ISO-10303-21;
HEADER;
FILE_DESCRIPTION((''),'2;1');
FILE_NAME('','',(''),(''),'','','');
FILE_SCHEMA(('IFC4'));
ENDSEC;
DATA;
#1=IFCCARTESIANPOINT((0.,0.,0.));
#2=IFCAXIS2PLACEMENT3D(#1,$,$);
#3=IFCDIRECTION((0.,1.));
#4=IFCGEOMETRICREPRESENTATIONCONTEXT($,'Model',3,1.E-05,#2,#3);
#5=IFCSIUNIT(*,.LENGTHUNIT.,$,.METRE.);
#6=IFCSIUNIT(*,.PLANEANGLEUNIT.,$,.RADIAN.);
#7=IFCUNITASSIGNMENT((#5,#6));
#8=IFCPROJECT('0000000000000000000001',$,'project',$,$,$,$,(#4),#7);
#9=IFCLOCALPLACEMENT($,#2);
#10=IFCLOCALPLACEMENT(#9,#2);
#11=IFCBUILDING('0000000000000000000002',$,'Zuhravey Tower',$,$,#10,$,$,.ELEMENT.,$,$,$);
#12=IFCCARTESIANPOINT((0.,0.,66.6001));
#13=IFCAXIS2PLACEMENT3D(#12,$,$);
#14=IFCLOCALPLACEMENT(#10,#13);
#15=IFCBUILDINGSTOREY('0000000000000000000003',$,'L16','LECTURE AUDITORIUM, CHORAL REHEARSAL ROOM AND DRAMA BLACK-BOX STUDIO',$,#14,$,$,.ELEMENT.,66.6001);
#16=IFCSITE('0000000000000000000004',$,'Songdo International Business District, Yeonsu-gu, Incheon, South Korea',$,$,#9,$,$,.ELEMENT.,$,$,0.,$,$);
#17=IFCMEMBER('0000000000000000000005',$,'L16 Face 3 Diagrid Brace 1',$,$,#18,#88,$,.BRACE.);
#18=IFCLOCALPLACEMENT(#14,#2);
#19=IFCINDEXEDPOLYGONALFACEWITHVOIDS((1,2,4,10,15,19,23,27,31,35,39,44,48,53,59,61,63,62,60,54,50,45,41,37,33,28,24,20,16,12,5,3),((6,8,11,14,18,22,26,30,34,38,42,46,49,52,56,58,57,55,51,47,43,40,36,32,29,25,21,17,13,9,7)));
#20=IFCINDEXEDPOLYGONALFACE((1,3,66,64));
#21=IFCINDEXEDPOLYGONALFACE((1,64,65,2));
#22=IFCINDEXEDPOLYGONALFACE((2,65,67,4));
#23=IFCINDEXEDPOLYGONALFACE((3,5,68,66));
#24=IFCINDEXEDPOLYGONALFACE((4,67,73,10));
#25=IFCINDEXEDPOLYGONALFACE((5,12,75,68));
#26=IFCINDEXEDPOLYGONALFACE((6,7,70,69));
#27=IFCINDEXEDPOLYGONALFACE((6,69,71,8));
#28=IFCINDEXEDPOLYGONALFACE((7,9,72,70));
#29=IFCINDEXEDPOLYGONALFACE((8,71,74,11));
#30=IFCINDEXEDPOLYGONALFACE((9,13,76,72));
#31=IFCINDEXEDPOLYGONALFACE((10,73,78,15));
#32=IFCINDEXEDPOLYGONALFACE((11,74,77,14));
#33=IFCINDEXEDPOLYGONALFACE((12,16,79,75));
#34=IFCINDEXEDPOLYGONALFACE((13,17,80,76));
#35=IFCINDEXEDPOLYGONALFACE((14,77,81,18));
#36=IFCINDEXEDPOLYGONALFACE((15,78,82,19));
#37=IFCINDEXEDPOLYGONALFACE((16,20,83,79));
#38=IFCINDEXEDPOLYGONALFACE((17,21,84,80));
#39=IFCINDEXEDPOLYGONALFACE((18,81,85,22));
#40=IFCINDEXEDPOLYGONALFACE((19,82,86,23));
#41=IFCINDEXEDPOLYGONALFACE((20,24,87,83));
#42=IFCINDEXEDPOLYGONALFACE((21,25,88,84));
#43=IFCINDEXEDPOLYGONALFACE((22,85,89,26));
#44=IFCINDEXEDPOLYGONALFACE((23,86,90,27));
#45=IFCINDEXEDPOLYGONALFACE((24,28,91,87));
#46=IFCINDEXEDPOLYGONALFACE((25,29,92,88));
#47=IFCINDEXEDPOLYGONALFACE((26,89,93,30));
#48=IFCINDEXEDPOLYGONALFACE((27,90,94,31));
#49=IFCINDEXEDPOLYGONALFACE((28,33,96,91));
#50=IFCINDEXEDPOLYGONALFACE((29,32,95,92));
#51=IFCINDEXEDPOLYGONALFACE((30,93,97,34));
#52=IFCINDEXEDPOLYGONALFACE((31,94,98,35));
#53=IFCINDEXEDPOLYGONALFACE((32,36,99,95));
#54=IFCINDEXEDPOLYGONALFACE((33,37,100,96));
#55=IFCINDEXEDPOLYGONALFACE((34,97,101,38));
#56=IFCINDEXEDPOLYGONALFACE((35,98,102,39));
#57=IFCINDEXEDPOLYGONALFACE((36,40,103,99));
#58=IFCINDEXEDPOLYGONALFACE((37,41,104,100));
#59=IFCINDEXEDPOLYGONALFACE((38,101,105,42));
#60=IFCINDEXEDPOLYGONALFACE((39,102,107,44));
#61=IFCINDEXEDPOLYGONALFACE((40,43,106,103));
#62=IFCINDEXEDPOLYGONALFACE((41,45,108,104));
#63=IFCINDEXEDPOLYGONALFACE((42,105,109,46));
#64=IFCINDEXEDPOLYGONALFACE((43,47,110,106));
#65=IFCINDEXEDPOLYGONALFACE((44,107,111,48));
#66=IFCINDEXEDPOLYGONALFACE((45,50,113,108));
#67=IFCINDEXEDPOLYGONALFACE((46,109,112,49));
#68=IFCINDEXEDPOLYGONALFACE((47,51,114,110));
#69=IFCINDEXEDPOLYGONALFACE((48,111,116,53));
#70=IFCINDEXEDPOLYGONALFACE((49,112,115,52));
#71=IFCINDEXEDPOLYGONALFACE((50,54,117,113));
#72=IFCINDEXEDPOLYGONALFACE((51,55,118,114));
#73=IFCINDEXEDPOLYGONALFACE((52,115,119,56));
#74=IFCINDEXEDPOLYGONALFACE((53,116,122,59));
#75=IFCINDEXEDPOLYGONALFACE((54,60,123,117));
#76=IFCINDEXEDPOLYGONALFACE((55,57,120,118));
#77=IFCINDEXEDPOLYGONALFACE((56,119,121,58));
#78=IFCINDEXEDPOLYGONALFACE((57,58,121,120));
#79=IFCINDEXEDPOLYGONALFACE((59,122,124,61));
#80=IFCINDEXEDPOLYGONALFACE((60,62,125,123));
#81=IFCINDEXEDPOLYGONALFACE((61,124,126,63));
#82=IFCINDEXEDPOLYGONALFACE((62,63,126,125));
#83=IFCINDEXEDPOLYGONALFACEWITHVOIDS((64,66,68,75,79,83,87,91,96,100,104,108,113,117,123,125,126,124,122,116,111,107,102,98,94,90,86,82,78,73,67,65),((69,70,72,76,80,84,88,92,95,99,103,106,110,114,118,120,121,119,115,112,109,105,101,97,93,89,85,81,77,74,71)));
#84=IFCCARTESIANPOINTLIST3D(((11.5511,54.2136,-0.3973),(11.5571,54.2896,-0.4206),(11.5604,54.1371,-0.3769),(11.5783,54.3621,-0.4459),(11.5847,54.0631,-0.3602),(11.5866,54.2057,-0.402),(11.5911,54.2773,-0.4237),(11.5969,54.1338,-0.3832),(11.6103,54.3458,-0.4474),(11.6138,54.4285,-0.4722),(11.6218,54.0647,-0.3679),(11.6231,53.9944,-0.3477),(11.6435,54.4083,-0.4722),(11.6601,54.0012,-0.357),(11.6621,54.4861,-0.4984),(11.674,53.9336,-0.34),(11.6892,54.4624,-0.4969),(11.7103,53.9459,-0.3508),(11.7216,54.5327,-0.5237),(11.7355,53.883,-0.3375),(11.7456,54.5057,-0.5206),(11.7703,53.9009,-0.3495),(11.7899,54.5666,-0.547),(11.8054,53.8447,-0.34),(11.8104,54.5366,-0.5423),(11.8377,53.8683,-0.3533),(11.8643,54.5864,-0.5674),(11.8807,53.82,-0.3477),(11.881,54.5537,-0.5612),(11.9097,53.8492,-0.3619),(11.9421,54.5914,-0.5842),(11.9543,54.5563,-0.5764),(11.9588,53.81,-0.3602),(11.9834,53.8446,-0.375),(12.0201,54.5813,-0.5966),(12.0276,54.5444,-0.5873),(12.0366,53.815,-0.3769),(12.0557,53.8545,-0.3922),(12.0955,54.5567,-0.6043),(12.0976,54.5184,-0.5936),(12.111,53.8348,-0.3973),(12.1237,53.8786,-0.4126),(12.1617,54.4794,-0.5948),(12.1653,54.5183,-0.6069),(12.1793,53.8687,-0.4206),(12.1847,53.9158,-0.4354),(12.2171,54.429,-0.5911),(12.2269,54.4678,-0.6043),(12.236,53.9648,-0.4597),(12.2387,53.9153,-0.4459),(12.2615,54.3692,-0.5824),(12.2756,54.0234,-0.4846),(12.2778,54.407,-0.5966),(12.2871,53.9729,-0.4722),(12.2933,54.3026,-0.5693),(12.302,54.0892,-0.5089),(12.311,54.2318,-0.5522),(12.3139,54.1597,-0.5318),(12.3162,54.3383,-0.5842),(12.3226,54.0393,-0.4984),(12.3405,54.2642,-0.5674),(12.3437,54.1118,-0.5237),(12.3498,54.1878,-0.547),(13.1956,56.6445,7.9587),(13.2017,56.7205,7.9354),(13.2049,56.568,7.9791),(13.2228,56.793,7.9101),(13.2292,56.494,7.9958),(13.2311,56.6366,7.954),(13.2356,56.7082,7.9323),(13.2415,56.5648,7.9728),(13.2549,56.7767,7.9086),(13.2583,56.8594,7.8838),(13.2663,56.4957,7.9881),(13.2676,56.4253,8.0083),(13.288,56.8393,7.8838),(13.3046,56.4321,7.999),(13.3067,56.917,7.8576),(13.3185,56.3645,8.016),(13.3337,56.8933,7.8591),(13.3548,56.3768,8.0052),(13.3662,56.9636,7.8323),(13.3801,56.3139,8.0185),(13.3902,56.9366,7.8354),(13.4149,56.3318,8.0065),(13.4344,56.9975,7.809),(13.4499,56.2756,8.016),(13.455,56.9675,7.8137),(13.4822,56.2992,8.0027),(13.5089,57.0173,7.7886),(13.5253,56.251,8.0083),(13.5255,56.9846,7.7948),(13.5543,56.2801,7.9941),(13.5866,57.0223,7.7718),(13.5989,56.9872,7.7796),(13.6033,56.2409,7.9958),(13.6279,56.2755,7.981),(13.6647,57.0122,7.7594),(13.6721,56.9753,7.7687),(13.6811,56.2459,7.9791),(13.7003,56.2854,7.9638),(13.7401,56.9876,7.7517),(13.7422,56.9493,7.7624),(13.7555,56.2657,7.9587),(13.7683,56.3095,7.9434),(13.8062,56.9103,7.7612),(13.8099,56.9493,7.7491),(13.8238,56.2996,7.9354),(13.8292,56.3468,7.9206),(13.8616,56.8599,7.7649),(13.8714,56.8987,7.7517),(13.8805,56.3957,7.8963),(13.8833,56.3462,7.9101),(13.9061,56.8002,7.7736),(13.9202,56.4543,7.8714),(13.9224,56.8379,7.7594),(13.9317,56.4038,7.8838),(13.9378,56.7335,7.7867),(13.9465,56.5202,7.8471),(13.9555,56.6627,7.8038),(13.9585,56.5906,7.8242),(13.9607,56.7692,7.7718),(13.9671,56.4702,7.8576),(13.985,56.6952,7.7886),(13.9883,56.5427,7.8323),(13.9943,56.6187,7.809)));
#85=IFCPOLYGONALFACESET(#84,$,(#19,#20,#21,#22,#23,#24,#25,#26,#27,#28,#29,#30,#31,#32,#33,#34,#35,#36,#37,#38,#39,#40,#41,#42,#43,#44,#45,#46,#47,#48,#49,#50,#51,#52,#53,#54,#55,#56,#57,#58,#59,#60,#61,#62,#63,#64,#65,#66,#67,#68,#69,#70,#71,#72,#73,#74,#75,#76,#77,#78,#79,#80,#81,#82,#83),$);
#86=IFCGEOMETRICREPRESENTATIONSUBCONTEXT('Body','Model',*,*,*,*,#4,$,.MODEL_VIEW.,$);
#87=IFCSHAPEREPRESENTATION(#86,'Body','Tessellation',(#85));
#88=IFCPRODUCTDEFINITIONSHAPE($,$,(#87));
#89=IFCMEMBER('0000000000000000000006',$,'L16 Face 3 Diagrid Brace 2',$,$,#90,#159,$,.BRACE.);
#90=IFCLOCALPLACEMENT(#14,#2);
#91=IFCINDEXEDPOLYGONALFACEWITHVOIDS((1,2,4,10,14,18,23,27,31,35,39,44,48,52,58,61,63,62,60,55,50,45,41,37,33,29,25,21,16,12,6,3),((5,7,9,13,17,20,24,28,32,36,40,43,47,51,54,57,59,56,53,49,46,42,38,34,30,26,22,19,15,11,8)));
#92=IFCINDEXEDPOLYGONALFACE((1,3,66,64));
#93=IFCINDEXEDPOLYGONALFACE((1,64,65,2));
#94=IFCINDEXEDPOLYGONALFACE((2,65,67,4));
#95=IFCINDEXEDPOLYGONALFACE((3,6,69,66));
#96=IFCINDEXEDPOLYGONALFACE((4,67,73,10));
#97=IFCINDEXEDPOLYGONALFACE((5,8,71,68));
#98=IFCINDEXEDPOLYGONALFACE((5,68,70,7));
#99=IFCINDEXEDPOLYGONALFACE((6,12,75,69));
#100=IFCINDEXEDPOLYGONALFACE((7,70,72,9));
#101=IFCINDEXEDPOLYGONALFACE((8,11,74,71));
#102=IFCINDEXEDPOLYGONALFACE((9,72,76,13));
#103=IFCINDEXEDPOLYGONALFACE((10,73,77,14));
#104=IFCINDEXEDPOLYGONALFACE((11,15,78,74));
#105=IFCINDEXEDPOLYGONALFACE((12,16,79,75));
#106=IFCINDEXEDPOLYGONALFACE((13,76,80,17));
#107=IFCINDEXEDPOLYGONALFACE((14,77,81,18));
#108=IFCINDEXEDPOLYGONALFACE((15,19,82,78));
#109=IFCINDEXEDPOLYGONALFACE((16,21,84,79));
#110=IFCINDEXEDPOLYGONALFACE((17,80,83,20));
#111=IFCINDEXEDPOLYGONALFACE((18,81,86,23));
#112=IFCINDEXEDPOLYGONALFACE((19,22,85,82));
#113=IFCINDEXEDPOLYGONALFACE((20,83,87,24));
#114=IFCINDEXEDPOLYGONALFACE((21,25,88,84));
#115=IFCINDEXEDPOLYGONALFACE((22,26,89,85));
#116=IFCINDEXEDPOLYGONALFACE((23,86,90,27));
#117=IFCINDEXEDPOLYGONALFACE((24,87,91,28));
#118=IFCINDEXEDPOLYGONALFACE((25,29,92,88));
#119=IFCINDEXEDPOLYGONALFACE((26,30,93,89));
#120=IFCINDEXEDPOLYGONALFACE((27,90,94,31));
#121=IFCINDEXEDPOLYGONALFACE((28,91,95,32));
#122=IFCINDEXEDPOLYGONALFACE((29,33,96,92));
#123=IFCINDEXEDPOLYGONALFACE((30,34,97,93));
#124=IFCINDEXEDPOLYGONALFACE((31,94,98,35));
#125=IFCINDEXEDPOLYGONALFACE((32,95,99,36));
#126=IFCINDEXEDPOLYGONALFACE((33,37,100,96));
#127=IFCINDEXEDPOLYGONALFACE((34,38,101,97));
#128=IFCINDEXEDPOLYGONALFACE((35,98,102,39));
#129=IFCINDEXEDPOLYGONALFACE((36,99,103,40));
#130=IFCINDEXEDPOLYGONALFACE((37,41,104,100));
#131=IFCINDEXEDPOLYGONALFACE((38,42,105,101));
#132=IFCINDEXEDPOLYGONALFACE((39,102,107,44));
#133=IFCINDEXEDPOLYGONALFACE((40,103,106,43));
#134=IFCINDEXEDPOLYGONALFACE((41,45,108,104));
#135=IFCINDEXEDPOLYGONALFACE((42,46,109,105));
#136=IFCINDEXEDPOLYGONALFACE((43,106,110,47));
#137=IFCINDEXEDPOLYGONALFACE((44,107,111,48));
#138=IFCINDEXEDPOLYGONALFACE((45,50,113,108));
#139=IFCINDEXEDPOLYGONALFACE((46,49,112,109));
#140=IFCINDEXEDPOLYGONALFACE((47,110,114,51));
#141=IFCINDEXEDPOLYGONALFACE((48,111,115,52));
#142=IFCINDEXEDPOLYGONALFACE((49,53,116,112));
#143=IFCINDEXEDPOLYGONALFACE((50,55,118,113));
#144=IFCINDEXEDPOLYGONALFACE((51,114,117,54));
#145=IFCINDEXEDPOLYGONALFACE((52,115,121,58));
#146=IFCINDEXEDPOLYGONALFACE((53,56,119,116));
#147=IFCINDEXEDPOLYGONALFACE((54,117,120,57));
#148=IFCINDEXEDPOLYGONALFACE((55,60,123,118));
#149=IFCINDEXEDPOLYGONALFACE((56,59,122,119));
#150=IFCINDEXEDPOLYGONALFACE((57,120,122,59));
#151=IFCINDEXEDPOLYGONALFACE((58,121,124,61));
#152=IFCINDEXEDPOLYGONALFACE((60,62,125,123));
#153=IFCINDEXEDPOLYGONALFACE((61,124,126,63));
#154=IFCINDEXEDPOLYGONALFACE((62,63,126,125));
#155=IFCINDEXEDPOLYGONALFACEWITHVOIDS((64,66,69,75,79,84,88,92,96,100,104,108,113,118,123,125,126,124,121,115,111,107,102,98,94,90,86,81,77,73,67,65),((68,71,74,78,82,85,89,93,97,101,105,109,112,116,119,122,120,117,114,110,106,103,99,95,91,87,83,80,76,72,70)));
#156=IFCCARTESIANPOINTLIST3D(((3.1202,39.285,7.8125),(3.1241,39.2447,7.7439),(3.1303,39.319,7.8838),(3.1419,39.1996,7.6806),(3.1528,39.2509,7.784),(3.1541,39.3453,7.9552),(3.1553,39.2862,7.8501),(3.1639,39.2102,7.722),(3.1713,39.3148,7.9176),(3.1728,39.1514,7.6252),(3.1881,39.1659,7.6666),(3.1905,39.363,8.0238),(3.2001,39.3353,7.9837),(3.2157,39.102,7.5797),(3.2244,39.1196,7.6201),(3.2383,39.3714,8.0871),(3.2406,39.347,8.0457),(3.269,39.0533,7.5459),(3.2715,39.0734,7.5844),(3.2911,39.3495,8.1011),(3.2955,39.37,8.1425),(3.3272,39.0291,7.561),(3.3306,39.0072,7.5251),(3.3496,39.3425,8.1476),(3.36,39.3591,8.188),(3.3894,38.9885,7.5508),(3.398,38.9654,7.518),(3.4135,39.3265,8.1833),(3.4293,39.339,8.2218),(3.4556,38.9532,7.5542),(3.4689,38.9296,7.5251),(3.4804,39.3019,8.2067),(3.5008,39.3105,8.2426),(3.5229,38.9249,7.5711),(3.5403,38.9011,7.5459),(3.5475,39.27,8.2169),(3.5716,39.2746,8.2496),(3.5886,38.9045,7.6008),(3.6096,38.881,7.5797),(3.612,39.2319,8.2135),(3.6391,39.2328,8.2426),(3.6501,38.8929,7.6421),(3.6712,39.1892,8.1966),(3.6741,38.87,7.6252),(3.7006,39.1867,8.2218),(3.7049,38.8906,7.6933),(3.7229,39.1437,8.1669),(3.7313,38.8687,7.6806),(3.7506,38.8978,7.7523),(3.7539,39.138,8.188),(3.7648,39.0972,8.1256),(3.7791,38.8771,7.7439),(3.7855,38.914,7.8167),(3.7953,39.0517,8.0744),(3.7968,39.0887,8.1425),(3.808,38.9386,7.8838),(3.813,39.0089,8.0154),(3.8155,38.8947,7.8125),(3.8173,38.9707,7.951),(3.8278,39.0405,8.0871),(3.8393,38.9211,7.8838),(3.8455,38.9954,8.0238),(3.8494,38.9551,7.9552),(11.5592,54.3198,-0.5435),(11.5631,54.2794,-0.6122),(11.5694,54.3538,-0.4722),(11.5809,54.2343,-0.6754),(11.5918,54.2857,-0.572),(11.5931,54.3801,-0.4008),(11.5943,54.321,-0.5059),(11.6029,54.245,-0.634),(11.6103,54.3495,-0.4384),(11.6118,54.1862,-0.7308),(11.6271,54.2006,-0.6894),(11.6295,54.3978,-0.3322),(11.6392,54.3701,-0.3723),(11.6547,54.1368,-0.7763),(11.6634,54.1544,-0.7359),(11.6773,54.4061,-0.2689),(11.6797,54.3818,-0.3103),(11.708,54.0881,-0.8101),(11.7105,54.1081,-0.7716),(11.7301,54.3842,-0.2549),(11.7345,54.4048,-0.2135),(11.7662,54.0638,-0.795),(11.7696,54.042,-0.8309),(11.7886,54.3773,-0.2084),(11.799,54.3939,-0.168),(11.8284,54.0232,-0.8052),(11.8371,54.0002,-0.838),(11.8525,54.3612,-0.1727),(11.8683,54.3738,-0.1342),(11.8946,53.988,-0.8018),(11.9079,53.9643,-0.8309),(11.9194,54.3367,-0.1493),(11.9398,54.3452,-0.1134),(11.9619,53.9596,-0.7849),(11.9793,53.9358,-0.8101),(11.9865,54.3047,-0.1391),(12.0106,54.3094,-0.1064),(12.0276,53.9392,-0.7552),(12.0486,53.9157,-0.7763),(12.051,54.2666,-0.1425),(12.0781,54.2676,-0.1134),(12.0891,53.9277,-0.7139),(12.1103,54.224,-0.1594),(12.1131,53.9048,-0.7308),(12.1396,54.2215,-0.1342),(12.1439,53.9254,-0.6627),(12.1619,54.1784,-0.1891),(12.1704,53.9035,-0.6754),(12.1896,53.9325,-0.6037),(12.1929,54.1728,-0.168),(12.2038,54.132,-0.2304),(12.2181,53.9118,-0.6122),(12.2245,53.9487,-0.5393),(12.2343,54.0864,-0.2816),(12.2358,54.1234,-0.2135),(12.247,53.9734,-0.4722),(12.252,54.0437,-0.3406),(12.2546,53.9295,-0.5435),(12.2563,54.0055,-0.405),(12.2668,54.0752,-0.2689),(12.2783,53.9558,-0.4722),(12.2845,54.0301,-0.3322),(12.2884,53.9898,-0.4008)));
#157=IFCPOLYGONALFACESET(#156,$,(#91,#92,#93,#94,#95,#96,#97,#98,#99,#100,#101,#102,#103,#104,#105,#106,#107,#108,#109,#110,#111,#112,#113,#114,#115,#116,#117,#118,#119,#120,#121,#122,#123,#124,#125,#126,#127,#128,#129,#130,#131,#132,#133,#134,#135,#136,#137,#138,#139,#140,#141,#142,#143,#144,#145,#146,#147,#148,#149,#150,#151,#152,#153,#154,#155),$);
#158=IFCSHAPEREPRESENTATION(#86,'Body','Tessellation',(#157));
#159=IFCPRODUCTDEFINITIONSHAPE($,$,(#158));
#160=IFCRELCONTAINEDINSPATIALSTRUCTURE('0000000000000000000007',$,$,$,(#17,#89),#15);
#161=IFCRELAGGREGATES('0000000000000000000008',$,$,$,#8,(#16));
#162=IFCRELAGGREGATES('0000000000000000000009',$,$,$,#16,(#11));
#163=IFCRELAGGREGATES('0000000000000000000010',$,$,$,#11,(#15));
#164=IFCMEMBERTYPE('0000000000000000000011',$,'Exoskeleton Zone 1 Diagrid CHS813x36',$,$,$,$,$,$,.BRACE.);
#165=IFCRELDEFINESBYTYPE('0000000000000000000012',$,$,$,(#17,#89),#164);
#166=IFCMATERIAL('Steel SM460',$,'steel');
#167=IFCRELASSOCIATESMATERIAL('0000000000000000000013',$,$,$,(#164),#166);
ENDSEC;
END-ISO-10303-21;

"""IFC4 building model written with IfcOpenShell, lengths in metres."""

from ifc_helpers import new_model, si_unit, direction, frame, origin, origin_2d, place, context, subcontext, project, spatial, hollow_circle, extrude, material, material_profile, profile_set, type_object, element, save


model = new_model("IFC4")

# Units and contexts
model_context = context("Model", 3, precision=1e-05, world=origin(), true_north=direction((0.0, 1.0)))
body_context = subcontext(model_context, "Body", "Model", "MODEL_VIEW")
ifc_project = project(units=[si_unit("LENGTHUNIT", "METRE"), si_unit("PLANEANGLEUNIT", "RADIAN")], contexts=[model_context])

# Site, building, storey
site_placement = place(None, origin())
site = spatial("IfcSite", under=ifc_project, at=site_placement, Name="Songdo International Business District, Yeonsu-gu, Incheon, South Korea", CompositionType="ELEMENT", RefElevation=0.0)
building_placement = place(site_placement, origin())
building = spatial("IfcBuilding", under=site, at=building_placement, Name="Zuhravey Tower", CompositionType="ELEMENT")
storey_placement = place(building_placement, frame((0.0, 0.0, 66.6001)))
storey = spatial("IfcBuildingStorey", under=building, at=storey_placement, Name="L16", Description="LECTURE AUDITORIUM, CHORAL REHEARSAL ROOM AND DRAMA BLACK-BOX STUDIO", CompositionType="ELEMENT", Elevation=66.6001)

# Members
ifc_material_1 = material(Name="Steel SM460", Category="steel")
ifc_material_profile_1 = material_profile(ifc_material_1, hollow_circle(Radius=0.4065, WallThickness=0.0359, at=origin_2d()), Name="CHS-812.8x36")
ifc_profile_set_1 = profile_set([ifc_material_profile_1], Name="Steel SM460")
member_type_1 = type_object("IfcMemberType", Name="Exoskeleton Zone 1 Diagrid CHS813x36", PredefinedType="BRACE", material=ifc_profile_set_1)
member_1_placement = place(storey_placement, frame((11.9504, 54.2007, -0.4722), z_axis=(0.185688, 0.27448, 0.943494), x_axis=(-0.828269, 0.560331, 0.0)))
element("IfcMember", 1, at=member_1_placement, inside=storey, type_object=member_type_1, Name="L16 Face 3 Diagrid Brace 1", PredefinedType="BRACE", context=body_context, shape_type="SweptSolid", body=[
    extrude(hollow_circle(Radius=0.4065, WallThickness=0.0359, at=origin_2d()), origin(), (0.0, 0.0, 1.0), 8.8564),
])
member_2_placement = place(storey_placement, frame((11.9238, 54.1548, -0.4722), z_axis=(-0.440463, -0.784718, 0.43613), x_axis=(0.872022, -0.489466, 0.0)))
element("IfcMember", 2, at=member_2_placement, inside=storey, type_object=member_type_1, Name="L16 Face 3 Diagrid Brace 2", PredefinedType="BRACE", context=body_context, shape_type="SweptSolid", body=[
    extrude(hollow_circle(Radius=0.4065, WallThickness=0.0359, at=origin_2d()), origin(), (0.0, 0.0, 1.0), 19.1594),
])

save(model, "model.ifc")
